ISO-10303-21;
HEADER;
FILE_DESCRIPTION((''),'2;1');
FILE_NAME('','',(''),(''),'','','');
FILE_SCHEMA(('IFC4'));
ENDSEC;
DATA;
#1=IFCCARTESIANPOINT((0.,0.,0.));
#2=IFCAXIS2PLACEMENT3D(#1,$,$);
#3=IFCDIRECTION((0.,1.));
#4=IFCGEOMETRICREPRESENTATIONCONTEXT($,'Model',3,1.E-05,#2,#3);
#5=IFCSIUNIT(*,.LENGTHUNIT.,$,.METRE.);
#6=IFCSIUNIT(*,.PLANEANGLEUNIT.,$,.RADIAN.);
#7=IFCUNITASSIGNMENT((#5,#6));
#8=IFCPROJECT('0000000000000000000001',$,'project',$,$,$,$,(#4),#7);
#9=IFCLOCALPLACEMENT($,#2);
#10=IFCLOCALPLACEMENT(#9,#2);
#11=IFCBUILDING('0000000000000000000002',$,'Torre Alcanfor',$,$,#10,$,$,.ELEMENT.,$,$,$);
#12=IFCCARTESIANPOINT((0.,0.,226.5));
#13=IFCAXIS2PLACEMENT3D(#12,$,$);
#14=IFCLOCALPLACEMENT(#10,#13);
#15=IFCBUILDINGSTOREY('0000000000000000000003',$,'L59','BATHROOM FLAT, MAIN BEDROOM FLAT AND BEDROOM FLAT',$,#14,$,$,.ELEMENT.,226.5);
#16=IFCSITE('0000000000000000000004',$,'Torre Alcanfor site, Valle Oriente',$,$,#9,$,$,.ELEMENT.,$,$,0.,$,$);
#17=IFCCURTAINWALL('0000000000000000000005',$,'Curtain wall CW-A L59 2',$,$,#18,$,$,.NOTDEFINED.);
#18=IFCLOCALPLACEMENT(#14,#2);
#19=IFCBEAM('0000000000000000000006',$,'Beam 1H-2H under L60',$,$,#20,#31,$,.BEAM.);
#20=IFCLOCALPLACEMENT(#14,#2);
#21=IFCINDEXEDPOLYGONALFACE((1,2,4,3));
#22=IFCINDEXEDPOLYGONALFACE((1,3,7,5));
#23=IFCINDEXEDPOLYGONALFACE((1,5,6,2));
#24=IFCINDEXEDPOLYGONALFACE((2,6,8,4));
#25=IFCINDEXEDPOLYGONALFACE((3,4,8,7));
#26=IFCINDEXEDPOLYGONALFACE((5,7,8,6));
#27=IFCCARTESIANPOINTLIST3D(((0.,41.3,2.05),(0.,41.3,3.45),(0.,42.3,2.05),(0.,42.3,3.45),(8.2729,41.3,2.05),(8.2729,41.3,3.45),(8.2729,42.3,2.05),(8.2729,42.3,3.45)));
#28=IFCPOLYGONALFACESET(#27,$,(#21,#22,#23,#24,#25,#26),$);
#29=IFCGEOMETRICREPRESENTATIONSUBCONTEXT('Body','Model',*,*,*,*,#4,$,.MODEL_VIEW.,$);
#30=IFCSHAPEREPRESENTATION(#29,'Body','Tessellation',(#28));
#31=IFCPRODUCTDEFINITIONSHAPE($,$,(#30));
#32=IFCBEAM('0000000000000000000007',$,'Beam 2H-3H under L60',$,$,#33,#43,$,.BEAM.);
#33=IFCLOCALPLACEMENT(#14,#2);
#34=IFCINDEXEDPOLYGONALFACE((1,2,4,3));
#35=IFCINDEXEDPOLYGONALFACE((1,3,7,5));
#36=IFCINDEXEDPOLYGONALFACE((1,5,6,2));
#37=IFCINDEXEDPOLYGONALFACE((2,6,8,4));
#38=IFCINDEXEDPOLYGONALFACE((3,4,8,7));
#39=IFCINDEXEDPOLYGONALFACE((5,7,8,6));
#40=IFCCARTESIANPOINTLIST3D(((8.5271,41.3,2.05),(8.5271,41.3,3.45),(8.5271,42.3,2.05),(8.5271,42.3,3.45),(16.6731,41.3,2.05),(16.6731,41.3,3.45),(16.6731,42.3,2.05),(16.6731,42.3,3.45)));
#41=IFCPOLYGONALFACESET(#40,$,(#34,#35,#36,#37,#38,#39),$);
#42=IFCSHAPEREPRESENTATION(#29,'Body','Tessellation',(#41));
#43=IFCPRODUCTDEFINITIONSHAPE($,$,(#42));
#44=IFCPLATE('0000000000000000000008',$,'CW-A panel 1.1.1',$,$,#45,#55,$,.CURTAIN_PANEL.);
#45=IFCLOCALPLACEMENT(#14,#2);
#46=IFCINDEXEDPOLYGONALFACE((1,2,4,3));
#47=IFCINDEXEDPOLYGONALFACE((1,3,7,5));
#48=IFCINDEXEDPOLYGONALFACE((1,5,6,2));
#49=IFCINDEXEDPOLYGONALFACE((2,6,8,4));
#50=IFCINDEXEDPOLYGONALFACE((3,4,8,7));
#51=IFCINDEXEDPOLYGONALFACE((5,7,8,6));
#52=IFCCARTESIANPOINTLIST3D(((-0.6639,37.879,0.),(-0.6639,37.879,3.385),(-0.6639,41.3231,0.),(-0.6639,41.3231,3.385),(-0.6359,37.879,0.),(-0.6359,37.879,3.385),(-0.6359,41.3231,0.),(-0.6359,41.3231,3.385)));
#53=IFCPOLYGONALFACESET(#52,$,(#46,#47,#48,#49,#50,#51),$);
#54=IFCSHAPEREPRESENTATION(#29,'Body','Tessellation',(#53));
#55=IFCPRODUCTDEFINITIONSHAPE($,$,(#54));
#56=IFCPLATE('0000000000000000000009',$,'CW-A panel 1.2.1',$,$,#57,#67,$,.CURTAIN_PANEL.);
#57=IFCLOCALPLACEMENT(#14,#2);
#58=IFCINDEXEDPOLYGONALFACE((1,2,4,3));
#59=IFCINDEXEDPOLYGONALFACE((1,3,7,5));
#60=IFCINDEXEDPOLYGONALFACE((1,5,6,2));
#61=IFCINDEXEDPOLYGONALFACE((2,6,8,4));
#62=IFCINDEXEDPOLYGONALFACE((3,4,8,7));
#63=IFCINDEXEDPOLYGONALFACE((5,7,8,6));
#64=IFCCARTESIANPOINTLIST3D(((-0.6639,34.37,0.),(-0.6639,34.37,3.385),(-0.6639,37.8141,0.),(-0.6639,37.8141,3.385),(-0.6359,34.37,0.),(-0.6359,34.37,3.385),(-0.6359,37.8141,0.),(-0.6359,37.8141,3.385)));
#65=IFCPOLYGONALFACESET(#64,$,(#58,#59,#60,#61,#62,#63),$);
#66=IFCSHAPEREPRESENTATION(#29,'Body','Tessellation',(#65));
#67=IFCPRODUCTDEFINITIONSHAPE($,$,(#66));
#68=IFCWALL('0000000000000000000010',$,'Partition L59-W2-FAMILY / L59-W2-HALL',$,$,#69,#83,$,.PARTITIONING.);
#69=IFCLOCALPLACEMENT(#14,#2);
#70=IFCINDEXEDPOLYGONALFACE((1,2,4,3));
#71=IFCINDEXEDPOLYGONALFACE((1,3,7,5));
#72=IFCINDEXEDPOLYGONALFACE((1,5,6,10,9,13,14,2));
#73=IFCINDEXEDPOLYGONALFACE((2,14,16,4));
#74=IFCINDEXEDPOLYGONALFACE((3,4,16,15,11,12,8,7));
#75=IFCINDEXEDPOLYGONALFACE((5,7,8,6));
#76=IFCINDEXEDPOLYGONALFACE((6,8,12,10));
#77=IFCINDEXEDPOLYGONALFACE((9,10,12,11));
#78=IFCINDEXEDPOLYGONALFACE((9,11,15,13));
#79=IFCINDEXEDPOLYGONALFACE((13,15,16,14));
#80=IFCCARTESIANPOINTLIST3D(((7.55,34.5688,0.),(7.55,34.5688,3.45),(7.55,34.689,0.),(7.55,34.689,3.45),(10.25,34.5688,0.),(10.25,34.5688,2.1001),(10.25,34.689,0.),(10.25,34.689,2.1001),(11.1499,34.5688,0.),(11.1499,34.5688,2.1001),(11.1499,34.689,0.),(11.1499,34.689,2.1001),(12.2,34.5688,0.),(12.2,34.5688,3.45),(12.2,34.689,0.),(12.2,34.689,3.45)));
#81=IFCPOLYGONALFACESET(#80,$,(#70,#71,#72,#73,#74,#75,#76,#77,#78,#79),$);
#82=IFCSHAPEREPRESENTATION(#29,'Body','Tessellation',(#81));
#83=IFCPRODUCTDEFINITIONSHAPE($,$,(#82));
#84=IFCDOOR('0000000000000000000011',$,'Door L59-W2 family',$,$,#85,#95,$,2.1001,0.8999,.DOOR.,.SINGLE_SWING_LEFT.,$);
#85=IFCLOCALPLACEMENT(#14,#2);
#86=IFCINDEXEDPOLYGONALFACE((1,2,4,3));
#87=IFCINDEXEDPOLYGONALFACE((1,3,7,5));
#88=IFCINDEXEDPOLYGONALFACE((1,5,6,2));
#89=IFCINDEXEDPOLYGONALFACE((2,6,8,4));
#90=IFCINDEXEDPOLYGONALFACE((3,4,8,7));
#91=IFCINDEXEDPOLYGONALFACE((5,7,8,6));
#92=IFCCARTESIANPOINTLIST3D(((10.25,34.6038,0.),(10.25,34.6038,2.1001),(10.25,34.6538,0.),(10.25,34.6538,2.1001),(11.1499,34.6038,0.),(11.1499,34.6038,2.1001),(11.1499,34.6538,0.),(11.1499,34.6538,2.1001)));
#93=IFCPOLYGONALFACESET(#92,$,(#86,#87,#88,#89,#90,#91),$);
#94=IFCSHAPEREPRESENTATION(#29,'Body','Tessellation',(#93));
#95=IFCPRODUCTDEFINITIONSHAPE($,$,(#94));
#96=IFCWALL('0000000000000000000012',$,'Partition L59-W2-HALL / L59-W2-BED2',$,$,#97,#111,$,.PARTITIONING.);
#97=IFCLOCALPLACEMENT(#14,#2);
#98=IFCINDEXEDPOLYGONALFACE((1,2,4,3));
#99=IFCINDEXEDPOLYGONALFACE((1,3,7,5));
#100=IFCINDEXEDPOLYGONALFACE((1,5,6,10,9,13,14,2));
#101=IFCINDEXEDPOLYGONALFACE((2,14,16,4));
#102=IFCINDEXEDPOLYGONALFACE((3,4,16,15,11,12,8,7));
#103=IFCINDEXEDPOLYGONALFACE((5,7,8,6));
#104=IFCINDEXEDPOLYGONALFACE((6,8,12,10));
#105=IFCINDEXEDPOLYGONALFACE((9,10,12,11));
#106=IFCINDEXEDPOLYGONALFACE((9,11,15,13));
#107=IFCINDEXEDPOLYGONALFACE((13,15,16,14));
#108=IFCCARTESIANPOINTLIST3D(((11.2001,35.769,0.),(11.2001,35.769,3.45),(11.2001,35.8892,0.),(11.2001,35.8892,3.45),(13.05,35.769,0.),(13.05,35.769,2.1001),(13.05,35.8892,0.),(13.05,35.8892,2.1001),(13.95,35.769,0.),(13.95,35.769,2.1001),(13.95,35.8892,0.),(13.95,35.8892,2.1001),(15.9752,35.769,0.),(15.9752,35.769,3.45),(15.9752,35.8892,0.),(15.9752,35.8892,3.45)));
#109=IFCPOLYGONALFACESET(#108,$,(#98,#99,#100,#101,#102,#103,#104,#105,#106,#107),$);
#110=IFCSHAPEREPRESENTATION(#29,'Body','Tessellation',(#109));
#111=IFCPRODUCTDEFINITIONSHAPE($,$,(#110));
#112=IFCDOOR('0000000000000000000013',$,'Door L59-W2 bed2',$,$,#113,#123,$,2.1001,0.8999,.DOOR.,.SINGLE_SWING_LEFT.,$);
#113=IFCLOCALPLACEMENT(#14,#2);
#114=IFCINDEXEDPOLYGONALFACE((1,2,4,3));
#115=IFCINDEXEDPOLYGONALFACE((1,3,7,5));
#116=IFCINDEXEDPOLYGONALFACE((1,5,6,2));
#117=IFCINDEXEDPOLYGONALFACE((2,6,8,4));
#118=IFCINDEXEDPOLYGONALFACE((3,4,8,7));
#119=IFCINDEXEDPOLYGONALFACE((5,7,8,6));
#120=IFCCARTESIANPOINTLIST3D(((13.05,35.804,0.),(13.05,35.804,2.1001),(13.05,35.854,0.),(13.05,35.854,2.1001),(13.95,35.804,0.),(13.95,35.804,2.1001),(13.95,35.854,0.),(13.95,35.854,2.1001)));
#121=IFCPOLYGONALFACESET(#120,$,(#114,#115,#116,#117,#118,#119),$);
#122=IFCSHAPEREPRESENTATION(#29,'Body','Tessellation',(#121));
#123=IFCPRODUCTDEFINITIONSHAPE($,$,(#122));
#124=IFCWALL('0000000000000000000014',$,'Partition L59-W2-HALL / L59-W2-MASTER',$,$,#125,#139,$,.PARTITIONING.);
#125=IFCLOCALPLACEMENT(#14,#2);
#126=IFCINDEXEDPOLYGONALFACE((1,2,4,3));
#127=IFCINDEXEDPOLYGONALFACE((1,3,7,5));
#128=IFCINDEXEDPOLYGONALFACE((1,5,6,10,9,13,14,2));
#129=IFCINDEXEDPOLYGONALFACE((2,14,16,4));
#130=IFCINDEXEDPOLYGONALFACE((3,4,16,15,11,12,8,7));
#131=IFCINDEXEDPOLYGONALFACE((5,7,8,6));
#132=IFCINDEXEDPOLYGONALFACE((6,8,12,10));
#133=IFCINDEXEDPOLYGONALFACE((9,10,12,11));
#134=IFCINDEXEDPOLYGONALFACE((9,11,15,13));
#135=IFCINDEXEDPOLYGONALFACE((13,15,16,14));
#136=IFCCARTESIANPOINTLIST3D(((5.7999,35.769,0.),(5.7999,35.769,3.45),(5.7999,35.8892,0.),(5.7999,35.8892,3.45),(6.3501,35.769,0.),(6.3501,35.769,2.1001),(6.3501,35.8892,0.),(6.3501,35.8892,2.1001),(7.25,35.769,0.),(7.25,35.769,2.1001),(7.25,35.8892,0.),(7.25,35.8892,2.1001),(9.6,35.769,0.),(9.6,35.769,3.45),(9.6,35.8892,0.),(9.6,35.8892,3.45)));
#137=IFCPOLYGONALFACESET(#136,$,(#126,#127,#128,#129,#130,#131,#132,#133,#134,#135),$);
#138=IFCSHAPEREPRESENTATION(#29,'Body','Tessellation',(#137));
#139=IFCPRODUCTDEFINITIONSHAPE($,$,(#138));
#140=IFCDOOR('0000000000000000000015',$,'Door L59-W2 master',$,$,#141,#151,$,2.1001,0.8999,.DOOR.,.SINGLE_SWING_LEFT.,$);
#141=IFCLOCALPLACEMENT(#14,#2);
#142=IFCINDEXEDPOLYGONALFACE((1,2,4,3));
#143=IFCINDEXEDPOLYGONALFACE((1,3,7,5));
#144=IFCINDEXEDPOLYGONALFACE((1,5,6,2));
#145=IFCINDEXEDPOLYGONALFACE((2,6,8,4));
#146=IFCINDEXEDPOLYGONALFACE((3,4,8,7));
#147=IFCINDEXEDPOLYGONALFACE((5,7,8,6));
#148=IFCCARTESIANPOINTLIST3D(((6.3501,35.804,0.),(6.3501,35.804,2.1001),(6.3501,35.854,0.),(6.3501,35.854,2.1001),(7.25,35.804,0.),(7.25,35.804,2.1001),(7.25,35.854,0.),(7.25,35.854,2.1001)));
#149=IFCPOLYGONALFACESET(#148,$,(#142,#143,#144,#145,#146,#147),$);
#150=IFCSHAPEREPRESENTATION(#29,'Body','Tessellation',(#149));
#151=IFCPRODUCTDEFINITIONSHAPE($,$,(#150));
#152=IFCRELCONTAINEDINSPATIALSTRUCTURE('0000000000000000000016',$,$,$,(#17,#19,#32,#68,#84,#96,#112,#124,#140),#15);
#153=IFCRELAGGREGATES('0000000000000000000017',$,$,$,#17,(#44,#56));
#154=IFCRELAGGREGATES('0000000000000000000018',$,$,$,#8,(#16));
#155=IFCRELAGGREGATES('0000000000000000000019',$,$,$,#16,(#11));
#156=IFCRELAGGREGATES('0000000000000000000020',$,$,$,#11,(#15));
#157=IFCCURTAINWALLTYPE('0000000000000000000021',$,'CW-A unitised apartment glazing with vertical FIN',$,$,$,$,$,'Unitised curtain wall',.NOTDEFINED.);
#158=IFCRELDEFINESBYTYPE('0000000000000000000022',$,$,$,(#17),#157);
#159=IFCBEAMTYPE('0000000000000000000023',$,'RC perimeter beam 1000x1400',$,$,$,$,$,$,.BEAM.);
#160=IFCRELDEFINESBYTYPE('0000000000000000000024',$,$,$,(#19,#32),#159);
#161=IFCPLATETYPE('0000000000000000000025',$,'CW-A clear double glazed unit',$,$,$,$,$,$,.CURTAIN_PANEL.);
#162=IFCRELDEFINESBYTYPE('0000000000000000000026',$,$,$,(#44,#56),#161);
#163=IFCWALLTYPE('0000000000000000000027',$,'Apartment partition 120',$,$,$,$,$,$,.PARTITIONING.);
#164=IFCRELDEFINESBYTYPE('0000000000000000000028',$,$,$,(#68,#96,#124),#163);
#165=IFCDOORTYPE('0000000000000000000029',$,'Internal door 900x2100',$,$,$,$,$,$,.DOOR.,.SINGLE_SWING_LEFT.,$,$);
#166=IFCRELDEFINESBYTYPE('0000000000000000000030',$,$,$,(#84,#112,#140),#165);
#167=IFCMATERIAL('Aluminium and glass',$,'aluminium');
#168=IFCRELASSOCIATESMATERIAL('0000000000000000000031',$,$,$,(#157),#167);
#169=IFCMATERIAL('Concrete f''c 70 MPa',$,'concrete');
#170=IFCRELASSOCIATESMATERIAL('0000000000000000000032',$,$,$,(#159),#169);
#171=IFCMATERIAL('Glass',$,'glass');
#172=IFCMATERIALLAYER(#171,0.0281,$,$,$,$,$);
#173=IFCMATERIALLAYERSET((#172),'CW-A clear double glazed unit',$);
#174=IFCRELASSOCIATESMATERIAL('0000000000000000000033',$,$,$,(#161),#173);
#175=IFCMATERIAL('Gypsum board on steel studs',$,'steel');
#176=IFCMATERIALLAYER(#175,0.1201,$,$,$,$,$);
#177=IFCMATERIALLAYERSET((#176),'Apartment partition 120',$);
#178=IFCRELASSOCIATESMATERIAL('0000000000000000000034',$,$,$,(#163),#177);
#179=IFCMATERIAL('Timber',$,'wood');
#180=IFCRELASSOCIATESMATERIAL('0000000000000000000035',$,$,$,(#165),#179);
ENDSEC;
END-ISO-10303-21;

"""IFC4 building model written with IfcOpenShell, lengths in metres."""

from ifc_helpers import new_model, si_unit, direction, frame, frame_2d, origin, origin_2d, place, context, subcontext, project, spatial, rectangle, extrude, material, layer, layer_set, material_profile, profile_set, type_object, element, fill, aggregate, save


model = new_model("IFC4")

# Units and contexts
model_context = context("Model", 3, precision=1e-05, world=origin(), true_north=direction((0.0, 1.0)))
body_context = subcontext(model_context, "Body", "Model", "MODEL_VIEW")
ifc_project = project(units=[si_unit("LENGTHUNIT", "METRE"), si_unit("PLANEANGLEUNIT", "RADIAN")], contexts=[model_context])

# Site, building, storey
site_placement = place(None, origin())
site = spatial("IfcSite", under=ifc_project, at=site_placement, Name="Torre Alcanfor site, Valle Oriente", CompositionType="ELEMENT", RefElevation=0.0)
building_placement = place(site_placement, origin())
building = spatial("IfcBuilding", under=site, at=building_placement, Name="Torre Alcanfor", CompositionType="ELEMENT")
storey_placement = place(building_placement, frame((0.0, 0.0, 226.5)))
storey = spatial("IfcBuildingStorey", under=building, at=storey_placement, Name="L59", Description="BATHROOM FLAT, MAIN BEDROOM FLAT AND BEDROOM FLAT", CompositionType="ELEMENT", Elevation=226.5)

# Curtain wall
ifc_material_1 = material(Name="Aluminium and glass", Category="aluminium")
curtain_wall_type = type_object("IfcCurtainWallType", Name="CW-A unitised apartment glazing with vertical FIN", ElementType="Unitised curtain wall", PredefinedType="NOTDEFINED", material=ifc_material_1)
curtain_wall_placement = place(storey_placement, origin())
curtain_wall = element("IfcCurtainWall", 1, at=curtain_wall_placement, inside=storey, type_object=curtain_wall_type, Name="Curtain wall CW-A L59 2", PredefinedType="NOTDEFINED")

# Beams
ifc_material_2 = material(Name="Concrete f'c 70 MPa", Category="concrete")
ifc_material_profile_1 = material_profile(ifc_material_2, rectangle(XDim=1.0, YDim=1.3999, at=origin_2d()), Name="1000x1400")
ifc_profile_set_1 = profile_set([ifc_material_profile_1], Name="Concrete f'c 70 MPa")
beam_type_1 = type_object("IfcBeamType", Name="RC perimeter beam 1000x1400", PredefinedType="BEAM", material=ifc_profile_set_1)
beam_1_placement = place(storey_placement, frame((0.0, 41.8, 2.75), z_axis=(1.0, 0.0, 0.0), x_axis=(0.0, 1.0, 0.0)))
element("IfcBeam", 2, at=beam_1_placement, inside=storey, type_object=beam_type_1, Name="Beam 1H-2H under L60", PredefinedType="BEAM", context=body_context, shape_type="SweptSolid", body=[
    extrude(rectangle(XDim=1.0, YDim=1.3999, at=origin_2d()), origin(), (0.0, 0.0, 1.0), 8.2729),
])
beam_2_placement = place(storey_placement, frame((8.5271, 41.8, 2.75), z_axis=(1.0, 0.0, 0.0), x_axis=(0.0, 1.0, 0.0)))
element("IfcBeam", 3, at=beam_2_placement, inside=storey, type_object=beam_type_1, Name="Beam 2H-3H under L60", PredefinedType="BEAM", context=body_context, shape_type="SweptSolid", body=[
    extrude(rectangle(XDim=1.0, YDim=1.3999, at=origin_2d()), origin(), (0.0, 0.0, 1.0), 8.146),
])

# Plates
ifc_material_3 = material(Name="Glass", Category="glass")
ifc_layer_1 = layer(ifc_material_3, 0.0281)
ifc_layer_set_1 = layer_set([ifc_layer_1], Name="CW-A clear double glazed unit")
plate_type = type_object("IfcPlateType", Name="CW-A clear double glazed unit", PredefinedType="CURTAIN_PANEL", material=ifc_layer_set_1)
plate_1_placement = place(storey_placement, frame((-0.6499, 39.6011, 0.0), z_axis=(0.0, 0.0, 1.0), x_axis=(0.0, -1.0, 0.0)))
plate_1 = element("IfcPlate", 4, at=plate_1_placement, type_object=plate_type, Name="CW-A panel 1.1.1", PredefinedType="CURTAIN_PANEL", context=body_context, shape_type="SweptSolid", body=[
    extrude(rectangle(XDim=3.4441, YDim=0.0281, at=origin_2d()), origin(), (0.0, 0.0, 1.0), 3.385),
])
plate_2_placement = place(storey_placement, frame((-0.6499, 36.092, 0.0), z_axis=(0.0, 0.0, 1.0), x_axis=(0.0, -1.0, 0.0)))
plate_2 = element("IfcPlate", 5, at=plate_2_placement, type_object=plate_type, Name="CW-A panel 1.2.1", PredefinedType="CURTAIN_PANEL", context=body_context, shape_type="SweptSolid", body=[
    extrude(rectangle(XDim=3.4441, YDim=0.0281, at=origin_2d()), origin(), (0.0, 0.0, 1.0), 3.385),
])
aggregate(curtain_wall, [plate_1, plate_2])

# Walls, openings, doors
ifc_material_4 = material(Name="Gypsum board on steel studs", Category="steel")
ifc_layer_2 = layer(ifc_material_4, 0.1201)
ifc_layer_set_2 = layer_set([ifc_layer_2], Name="Apartment partition 120")
wall_type_1 = type_object("IfcWallType", Name="Apartment partition 120", PredefinedType="PARTITIONING", material=ifc_layer_set_2)
wall_1_placement = place(storey_placement, frame((7.55, 34.6289, 0.0), z_axis=(0.0, 0.0, 1.0), x_axis=(1.0, 0.0, 0.0)))
wall_1 = element("IfcWall", 6, at=wall_1_placement, inside=storey, type_object=wall_type_1, Name="Partition L59-W2-FAMILY / L59-W2-HALL", PredefinedType="PARTITIONING", context=body_context, shape_type="SweptSolid", body=[
    extrude(rectangle(XDim=4.6499, YDim=0.1201, at=frame_2d((2.325, 0.0))), origin(), (0.0, 0.0, 1.0), 3.45),
])
opening_1_placement = place(wall_1_placement, frame((2.7, 0.0, 0.0)))
opening_1 = element("IfcOpeningElement", 7, at=opening_1_placement, cuts=wall_1, PredefinedType="OPENING", context=body_context, shape_type="SweptSolid", body=[
    extrude(rectangle(XDim=0.8999, YDim=2.1001, at=frame_2d((0.45, 1.05))), frame((0.0, 0.0701, 0.0), z_axis=(0.0, -1.0, 0.0), x_axis=(1.0, 0.0, 0.0)), (0.0, 0.0, 1.0), 0.1401),
])
ifc_material_5 = material(Name="Timber", Category="wood")
door_type_1 = type_object("IfcDoorType", Name="Internal door 900x2100", OperationType="SINGLE_SWING_LEFT", PredefinedType="DOOR", material=ifc_material_5)
door_1_placement = place(opening_1_placement, frame((0.8999, 0.0, 0.0), z_axis=(0.0, 0.0, 1.0), x_axis=(-1.0, 0.0, 0.0)))
door_1 = element("IfcDoor", 8, at=door_1_placement, inside=storey, type_object=door_type_1, Name="Door L59-W2 family", OperationType="SINGLE_SWING_LEFT", OverallHeight=2.1001, OverallWidth=0.8999, PredefinedType="DOOR", context=body_context, shape_type="SweptSolid", body=[
    extrude(rectangle(XDim=0.8999, YDim=2.1001, at=frame_2d((0.45, 1.05))), frame((0.0, 0.0251, 0.0), z_axis=(0.0, -1.0, 0.0), x_axis=(1.0, 0.0, 0.0)), (0.0, 0.0, 1.0), 0.05),
])
fill(opening_1, door_1)
wall_2_placement = place(storey_placement, frame((11.2, 35.8291, 0.0), z_axis=(0.0, 0.0, 1.0), x_axis=(1.0, 0.0, 0.0)))
wall_2 = element("IfcWall", 9, at=wall_2_placement, inside=storey, type_object=wall_type_1, Name="Partition L59-W2-HALL / L59-W2-BED2", PredefinedType="PARTITIONING", context=body_context, shape_type="SweptSolid", body=[
    extrude(rectangle(XDim=4.7751, YDim=0.1201, at=frame_2d((2.3877, 0.0))), origin(), (0.0, 0.0, 1.0), 3.45),
])
opening_2_placement = place(wall_2_placement, frame((1.8501, 0.0, 0.0)))
opening_2 = element("IfcOpeningElement", 10, at=opening_2_placement, cuts=wall_2, PredefinedType="OPENING", context=body_context, shape_type="SweptSolid", body=[
    extrude(rectangle(XDim=0.8999, YDim=2.1001, at=frame_2d((0.45, 1.05))), frame((0.0, 0.0701, 0.0), z_axis=(0.0, -1.0, 0.0), x_axis=(1.0, 0.0, 0.0)), (0.0, 0.0, 1.0), 0.1401),
])
door_2_placement = place(opening_2_placement, origin())
door_2 = element("IfcDoor", 11, at=door_2_placement, inside=storey, type_object=door_type_1, Name="Door L59-W2 bed2", OperationType="SINGLE_SWING_LEFT", OverallHeight=2.1001, OverallWidth=0.8999, PredefinedType="DOOR", context=body_context, shape_type="SweptSolid", body=[
    extrude(rectangle(XDim=0.8999, YDim=2.1001, at=frame_2d((0.45, 1.05))), frame((0.0, 0.0249, 0.0), z_axis=(0.0, -1.0, 0.0), x_axis=(1.0, 0.0, 0.0)), (0.0, 0.0, 1.0), 0.05),
])
fill(opening_2, door_2)
wall_3_placement = place(storey_placement, frame((5.8, 35.8291, 0.0), z_axis=(0.0, 0.0, 1.0), x_axis=(1.0, 0.0, 0.0)))
wall_3 = element("IfcWall", 12, at=wall_3_placement, inside=storey, type_object=wall_type_1, Name="Partition L59-W2-HALL / L59-W2-MASTER", PredefinedType="PARTITIONING", context=body_context, shape_type="SweptSolid", body=[
    extrude(rectangle(XDim=3.8, YDim=0.1201, at=frame_2d((1.8999, 0.0))), origin(), (0.0, 0.0, 1.0), 3.45),
])
opening_3_placement = place(wall_3_placement, frame((0.55, 0.0, 0.0)))
opening_3 = element("IfcOpeningElement", 13, at=opening_3_placement, cuts=wall_3, PredefinedType="OPENING", context=body_context, shape_type="SweptSolid", body=[
    extrude(rectangle(XDim=0.8999, YDim=2.1001, at=frame_2d((0.45, 1.05))), frame((0.0, 0.0701, 0.0), z_axis=(0.0, -1.0, 0.0), x_axis=(1.0, 0.0, 0.0)), (0.0, 0.0, 1.0), 0.1401),
])
door_3_placement = place(opening_3_placement, origin())
door_3 = element("IfcDoor", 14, at=door_3_placement, inside=storey, type_object=door_type_1, Name="Door L59-W2 master", OperationType="SINGLE_SWING_LEFT", OverallHeight=2.1001, OverallWidth=0.8999, PredefinedType="DOOR", context=body_context, shape_type="SweptSolid", body=[
    extrude(rectangle(XDim=0.8999, YDim=2.1001, at=frame_2d((0.45, 1.05))), frame((0.0, 0.0249, 0.0), z_axis=(0.0, -1.0, 0.0), x_axis=(1.0, 0.0, 0.0)), (0.0, 0.0, 1.0), 0.05),
])
fill(opening_3, door_3)

save(model, "model.ifc")
